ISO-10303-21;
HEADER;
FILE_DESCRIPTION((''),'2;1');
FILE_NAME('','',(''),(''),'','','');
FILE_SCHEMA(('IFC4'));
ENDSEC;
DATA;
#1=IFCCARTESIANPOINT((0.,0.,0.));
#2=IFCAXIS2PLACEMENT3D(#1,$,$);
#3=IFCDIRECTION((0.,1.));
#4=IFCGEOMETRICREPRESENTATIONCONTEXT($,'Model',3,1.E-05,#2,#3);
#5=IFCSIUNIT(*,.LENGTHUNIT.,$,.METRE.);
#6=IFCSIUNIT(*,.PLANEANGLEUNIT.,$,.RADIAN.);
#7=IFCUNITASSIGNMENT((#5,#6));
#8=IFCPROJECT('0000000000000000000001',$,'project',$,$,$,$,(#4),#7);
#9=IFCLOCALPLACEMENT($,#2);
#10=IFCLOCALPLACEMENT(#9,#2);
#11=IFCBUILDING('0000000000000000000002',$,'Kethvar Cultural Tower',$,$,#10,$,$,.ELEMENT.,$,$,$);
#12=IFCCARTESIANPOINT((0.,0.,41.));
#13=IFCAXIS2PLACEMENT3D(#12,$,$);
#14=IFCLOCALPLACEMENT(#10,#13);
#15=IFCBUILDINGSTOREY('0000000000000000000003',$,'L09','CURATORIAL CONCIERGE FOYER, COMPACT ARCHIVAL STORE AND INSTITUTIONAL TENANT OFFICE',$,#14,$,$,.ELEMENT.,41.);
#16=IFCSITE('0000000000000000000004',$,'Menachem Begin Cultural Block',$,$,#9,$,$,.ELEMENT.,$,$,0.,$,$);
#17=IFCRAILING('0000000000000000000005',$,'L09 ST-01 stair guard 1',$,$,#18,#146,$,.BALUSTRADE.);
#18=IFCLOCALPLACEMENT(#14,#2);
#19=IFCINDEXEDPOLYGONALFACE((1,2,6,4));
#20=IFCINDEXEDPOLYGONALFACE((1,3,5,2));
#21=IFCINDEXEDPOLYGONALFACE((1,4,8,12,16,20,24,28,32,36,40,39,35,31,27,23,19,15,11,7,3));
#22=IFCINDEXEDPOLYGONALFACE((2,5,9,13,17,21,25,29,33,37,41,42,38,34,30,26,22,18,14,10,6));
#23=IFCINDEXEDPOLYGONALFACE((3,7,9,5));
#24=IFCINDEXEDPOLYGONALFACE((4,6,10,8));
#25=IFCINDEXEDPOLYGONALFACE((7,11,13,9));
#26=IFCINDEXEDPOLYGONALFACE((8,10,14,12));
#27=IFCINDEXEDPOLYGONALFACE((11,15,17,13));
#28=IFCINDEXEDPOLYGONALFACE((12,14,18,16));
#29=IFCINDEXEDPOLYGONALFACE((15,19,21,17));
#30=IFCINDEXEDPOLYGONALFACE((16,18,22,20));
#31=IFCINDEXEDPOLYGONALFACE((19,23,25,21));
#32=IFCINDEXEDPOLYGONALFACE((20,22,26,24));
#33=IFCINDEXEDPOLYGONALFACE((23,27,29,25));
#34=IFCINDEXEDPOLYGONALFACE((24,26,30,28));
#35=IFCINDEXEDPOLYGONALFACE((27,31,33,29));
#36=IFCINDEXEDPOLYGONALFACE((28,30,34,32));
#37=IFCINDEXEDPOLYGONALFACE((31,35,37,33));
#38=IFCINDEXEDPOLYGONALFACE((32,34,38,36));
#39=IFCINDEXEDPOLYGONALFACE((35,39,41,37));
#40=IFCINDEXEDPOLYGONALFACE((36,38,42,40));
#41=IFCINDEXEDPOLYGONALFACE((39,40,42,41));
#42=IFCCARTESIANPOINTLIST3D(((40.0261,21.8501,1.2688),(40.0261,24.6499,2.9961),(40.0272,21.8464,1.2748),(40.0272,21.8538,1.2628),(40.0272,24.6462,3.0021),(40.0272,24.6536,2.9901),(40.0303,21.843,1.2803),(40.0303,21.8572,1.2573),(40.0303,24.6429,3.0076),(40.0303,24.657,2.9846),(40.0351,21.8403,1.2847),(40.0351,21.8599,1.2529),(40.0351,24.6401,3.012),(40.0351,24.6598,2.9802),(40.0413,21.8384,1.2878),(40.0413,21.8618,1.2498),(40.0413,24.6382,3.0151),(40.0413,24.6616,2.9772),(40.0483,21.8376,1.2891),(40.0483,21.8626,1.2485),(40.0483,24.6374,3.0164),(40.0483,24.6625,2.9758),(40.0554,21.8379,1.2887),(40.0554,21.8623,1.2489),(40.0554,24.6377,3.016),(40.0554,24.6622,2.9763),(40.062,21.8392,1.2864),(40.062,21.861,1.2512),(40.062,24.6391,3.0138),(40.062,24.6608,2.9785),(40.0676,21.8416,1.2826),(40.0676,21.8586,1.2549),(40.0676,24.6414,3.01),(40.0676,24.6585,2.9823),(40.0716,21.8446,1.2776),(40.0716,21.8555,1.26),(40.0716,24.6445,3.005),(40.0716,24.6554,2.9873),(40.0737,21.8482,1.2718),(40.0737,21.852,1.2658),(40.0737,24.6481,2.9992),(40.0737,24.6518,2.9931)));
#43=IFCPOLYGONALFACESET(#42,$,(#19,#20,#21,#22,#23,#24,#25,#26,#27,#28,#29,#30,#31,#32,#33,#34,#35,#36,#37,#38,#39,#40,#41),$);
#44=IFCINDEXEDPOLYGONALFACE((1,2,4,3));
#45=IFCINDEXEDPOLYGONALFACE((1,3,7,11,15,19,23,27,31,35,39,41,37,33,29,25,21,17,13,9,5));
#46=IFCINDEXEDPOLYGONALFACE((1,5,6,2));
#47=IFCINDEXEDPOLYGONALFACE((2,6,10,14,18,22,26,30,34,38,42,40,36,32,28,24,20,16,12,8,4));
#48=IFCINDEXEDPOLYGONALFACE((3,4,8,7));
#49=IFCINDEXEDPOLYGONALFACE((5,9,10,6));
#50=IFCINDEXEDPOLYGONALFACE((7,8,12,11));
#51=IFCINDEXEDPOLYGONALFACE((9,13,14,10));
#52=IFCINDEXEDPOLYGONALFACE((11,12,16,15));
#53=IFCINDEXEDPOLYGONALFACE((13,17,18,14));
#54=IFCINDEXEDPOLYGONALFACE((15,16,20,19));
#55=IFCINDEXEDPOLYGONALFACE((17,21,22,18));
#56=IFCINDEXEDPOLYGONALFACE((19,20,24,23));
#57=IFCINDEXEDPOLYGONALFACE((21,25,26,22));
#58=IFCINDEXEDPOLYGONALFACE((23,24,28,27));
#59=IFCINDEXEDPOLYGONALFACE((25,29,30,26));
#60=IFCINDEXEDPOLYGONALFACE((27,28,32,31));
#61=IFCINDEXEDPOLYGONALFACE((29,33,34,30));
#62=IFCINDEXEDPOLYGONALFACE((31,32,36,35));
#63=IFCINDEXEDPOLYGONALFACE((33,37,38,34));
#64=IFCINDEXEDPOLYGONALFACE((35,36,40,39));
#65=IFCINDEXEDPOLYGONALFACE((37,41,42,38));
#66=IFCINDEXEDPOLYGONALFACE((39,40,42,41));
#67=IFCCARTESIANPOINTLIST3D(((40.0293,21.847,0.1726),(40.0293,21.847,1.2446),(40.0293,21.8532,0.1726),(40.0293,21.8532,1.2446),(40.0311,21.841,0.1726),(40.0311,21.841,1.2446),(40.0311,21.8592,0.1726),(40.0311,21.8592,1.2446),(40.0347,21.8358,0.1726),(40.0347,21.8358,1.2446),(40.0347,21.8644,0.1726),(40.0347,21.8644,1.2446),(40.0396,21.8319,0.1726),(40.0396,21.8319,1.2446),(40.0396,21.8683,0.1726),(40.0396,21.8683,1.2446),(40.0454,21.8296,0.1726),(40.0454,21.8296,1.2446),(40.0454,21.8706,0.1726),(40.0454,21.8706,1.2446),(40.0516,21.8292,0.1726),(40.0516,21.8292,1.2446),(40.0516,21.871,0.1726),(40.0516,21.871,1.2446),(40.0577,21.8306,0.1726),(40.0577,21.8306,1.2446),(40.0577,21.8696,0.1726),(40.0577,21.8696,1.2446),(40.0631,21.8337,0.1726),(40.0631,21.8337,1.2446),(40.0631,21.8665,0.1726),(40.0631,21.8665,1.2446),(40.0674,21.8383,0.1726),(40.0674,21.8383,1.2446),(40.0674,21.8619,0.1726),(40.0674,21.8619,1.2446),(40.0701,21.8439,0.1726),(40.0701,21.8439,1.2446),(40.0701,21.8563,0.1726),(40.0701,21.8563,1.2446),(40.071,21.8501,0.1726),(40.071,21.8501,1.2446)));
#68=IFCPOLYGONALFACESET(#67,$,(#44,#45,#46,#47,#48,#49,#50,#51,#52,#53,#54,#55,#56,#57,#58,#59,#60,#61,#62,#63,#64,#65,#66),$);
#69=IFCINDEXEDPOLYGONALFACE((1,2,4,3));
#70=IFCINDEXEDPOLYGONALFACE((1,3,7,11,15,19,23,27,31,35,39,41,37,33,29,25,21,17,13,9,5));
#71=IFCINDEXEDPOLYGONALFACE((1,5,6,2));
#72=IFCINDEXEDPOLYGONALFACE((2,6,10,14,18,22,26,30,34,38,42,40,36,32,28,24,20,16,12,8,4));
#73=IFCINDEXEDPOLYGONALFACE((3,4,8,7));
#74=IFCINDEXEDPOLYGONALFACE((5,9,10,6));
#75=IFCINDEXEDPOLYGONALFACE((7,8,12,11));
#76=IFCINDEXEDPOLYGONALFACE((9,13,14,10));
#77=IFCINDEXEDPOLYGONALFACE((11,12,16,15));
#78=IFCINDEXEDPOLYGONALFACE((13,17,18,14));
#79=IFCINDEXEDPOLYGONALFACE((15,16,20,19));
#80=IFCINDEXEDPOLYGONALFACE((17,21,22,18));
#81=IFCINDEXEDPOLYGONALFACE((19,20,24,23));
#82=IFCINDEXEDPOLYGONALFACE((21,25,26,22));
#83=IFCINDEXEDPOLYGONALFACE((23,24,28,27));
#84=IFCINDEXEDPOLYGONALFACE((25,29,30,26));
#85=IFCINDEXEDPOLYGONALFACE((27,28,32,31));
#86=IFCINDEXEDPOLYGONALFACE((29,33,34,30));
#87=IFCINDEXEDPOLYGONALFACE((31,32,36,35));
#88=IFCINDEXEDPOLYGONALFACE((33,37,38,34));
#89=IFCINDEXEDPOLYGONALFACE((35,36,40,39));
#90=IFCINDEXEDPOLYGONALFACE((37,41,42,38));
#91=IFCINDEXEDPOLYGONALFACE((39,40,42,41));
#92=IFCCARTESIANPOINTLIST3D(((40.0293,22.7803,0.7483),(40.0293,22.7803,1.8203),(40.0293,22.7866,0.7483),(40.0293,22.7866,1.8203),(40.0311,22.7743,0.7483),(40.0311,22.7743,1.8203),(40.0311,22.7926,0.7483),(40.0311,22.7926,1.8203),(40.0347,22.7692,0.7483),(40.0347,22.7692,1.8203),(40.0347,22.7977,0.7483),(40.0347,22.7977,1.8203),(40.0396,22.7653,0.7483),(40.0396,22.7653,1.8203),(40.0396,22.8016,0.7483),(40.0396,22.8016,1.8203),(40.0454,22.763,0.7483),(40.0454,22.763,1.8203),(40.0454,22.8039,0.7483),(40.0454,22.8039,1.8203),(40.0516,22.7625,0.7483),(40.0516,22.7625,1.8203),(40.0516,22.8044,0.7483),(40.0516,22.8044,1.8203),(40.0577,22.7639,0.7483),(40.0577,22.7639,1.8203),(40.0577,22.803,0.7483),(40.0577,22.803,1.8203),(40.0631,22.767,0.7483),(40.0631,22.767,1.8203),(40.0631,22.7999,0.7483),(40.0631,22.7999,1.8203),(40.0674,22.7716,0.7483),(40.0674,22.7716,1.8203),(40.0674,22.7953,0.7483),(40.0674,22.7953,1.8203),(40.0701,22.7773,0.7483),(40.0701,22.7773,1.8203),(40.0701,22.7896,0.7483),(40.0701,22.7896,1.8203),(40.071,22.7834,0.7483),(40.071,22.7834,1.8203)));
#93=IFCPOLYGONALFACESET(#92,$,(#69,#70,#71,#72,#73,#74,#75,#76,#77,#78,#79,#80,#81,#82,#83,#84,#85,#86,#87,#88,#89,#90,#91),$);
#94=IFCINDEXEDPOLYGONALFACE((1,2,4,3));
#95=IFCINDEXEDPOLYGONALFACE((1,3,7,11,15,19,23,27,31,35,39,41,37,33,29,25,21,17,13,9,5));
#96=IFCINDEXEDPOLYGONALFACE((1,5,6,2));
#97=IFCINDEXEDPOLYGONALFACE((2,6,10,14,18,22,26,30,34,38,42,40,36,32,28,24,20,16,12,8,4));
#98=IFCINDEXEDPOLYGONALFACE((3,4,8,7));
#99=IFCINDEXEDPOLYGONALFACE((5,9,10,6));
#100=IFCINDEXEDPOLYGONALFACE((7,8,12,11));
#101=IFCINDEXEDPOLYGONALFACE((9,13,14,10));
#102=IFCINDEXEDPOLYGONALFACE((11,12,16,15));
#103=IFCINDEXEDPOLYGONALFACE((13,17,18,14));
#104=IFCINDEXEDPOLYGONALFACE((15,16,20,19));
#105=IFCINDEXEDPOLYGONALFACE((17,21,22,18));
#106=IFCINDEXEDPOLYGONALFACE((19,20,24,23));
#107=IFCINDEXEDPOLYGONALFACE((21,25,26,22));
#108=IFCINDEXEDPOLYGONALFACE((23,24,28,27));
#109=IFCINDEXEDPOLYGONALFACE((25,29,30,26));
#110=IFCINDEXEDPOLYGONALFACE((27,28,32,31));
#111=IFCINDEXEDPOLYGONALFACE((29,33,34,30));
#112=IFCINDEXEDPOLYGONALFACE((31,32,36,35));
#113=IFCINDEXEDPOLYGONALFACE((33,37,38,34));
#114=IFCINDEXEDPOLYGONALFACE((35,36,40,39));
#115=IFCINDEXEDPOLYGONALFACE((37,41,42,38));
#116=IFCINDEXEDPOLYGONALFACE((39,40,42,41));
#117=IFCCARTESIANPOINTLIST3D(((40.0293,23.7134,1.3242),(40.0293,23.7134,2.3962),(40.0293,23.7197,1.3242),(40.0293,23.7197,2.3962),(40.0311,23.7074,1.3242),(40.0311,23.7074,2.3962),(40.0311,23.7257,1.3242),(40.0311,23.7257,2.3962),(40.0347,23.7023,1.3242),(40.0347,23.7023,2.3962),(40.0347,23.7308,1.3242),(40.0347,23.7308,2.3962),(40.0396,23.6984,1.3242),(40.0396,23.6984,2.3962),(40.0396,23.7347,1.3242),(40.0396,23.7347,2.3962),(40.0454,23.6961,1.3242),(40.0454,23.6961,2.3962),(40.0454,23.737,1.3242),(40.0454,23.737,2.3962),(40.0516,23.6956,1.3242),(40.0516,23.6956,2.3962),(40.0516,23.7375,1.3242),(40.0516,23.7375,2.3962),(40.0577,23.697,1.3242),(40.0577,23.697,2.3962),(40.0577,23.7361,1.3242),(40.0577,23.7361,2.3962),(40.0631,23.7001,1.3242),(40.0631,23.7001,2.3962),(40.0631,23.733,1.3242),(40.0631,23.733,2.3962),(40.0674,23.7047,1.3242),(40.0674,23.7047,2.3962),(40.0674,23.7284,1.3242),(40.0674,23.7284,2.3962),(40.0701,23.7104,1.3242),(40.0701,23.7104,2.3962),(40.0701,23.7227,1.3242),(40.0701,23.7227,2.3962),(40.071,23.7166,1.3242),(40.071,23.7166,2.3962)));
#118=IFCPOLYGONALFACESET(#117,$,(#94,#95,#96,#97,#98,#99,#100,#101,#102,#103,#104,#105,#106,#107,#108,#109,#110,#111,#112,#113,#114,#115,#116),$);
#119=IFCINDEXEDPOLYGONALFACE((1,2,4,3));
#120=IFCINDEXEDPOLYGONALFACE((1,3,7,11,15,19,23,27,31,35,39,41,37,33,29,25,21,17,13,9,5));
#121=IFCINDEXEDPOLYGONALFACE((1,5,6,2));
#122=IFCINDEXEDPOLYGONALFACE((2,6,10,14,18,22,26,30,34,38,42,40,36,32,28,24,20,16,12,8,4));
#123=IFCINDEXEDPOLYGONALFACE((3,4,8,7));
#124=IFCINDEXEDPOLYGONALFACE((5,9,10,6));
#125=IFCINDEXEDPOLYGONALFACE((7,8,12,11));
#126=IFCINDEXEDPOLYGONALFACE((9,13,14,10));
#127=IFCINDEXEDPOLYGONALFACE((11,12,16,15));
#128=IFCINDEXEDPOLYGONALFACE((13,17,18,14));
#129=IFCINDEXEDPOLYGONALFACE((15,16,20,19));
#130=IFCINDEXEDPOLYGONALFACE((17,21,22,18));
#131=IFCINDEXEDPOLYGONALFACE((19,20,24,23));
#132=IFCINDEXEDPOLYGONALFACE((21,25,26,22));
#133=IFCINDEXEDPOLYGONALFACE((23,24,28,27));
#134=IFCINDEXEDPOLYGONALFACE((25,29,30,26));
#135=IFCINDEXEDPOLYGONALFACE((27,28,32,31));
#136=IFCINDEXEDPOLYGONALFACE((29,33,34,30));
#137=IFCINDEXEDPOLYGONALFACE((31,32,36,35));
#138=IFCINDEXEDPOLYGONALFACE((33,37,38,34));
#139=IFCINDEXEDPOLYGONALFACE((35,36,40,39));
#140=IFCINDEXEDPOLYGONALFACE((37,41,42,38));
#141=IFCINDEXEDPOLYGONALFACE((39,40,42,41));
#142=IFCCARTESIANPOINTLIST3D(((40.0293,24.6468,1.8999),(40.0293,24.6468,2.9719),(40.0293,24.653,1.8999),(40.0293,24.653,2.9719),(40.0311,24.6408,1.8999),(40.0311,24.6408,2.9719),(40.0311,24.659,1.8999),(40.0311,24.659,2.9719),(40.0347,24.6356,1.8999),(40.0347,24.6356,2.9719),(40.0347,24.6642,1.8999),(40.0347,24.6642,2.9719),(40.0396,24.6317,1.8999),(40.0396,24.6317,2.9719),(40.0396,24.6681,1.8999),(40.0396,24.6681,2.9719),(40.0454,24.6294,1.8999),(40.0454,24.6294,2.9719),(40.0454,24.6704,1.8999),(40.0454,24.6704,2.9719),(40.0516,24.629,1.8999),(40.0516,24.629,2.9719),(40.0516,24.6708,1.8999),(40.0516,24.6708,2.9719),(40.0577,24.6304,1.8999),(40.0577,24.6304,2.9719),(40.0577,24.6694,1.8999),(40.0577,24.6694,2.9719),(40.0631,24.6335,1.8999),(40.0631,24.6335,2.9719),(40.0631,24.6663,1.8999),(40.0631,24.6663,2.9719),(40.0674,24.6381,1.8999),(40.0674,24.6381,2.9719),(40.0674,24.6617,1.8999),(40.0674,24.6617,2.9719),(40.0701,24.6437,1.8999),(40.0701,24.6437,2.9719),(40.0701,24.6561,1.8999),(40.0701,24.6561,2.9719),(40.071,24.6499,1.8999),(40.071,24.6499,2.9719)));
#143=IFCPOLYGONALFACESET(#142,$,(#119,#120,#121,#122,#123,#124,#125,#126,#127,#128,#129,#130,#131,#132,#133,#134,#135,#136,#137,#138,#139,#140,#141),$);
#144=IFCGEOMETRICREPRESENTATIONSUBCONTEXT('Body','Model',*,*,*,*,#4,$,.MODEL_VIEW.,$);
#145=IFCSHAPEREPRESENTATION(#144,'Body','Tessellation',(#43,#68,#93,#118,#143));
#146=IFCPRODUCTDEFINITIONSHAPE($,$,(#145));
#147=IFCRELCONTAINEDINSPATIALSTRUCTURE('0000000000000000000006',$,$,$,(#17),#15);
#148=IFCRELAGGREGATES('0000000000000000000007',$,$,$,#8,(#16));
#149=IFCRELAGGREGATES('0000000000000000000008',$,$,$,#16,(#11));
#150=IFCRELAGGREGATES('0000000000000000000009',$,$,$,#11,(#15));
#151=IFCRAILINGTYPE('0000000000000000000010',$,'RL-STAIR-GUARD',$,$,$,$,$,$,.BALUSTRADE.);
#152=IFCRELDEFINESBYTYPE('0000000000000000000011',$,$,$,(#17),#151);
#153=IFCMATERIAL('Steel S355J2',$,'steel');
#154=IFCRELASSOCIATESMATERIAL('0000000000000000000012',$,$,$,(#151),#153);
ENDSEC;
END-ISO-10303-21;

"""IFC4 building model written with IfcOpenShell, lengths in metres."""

from ifc_helpers import new_model, si_unit, direction, frame, origin, origin_2d, place, context, subcontext, project, spatial, circle, extrude, material, type_object, element, save


model = new_model("IFC4")

# Units and contexts
model_context = context("Model", 3, precision=1e-05, world=origin(), true_north=direction((0.0, 1.0)))
body_context = subcontext(model_context, "Body", "Model", "MODEL_VIEW")
ifc_project = project(units=[si_unit("LENGTHUNIT", "METRE"), si_unit("PLANEANGLEUNIT", "RADIAN")], contexts=[model_context])

# Site, building, storey
site_placement = place(None, origin())
site = spatial("IfcSite", under=ifc_project, at=site_placement, Name="Menachem Begin Cultural Block", CompositionType="ELEMENT", RefElevation=0.0)
building_placement = place(site_placement, origin())
building = spatial("IfcBuilding", under=site, at=building_placement, Name="Kethvar Cultural Tower", CompositionType="ELEMENT")
storey_placement = place(building_placement, frame((0.0, 0.0, 41.0)))
storey = spatial("IfcBuildingStorey", under=building, at=storey_placement, Name="L09", Description="CURATORIAL CONCIERGE FOYER, COMPACT ARCHIVAL STORE AND INSTITUTIONAL TENANT OFFICE", CompositionType="ELEMENT", Elevation=41.0)

# Shared definitions
ifc_material_1 = material(Name="Steel S355J2", Category="steel")

# Railing
railing_type_1 = type_object("IfcRailingType", Name="RL-STAIR-GUARD", PredefinedType="BALUSTRADE", material=ifc_material_1)
railing_1_placement = place(storey_placement, frame((40.05, 21.8501, 0.1726)))
element("IfcRailing", 1, at=railing_1_placement, inside=storey, type_object=railing_type_1, Name="L09 ST-01 stair guard 1", PredefinedType="BALUSTRADE", context=body_context, shape_type="SweptSolid", body=[
    extrude(circle(Radius=0.0239, at=origin_2d()), frame((0.0, 0.0, 1.0962), z_axis=(0.0, 0.851069, 0.525054), x_axis=(-1.0, 0.0, 0.0)), (0.0, 0.0, 1.0), 3.2898),
    extrude(circle(Radius=0.021, at=origin_2d()), origin(), (0.0, 0.0, 1.0), 1.072),
    extrude(circle(Radius=0.021, at=origin_2d()), frame((0.0, 0.9333, 0.5757)), (0.0, 0.0, 1.0), 1.072),
    extrude(circle(Radius=0.021, at=origin_2d()), frame((0.0, 1.8665, 1.1516)), (0.0, 0.0, 1.0), 1.072),
    extrude(circle(Radius=0.021, at=origin_2d()), frame((0.0, 2.7998, 1.7273)), (0.0, 0.0, 1.0), 1.072),
])

save(model, "model.ifc")
